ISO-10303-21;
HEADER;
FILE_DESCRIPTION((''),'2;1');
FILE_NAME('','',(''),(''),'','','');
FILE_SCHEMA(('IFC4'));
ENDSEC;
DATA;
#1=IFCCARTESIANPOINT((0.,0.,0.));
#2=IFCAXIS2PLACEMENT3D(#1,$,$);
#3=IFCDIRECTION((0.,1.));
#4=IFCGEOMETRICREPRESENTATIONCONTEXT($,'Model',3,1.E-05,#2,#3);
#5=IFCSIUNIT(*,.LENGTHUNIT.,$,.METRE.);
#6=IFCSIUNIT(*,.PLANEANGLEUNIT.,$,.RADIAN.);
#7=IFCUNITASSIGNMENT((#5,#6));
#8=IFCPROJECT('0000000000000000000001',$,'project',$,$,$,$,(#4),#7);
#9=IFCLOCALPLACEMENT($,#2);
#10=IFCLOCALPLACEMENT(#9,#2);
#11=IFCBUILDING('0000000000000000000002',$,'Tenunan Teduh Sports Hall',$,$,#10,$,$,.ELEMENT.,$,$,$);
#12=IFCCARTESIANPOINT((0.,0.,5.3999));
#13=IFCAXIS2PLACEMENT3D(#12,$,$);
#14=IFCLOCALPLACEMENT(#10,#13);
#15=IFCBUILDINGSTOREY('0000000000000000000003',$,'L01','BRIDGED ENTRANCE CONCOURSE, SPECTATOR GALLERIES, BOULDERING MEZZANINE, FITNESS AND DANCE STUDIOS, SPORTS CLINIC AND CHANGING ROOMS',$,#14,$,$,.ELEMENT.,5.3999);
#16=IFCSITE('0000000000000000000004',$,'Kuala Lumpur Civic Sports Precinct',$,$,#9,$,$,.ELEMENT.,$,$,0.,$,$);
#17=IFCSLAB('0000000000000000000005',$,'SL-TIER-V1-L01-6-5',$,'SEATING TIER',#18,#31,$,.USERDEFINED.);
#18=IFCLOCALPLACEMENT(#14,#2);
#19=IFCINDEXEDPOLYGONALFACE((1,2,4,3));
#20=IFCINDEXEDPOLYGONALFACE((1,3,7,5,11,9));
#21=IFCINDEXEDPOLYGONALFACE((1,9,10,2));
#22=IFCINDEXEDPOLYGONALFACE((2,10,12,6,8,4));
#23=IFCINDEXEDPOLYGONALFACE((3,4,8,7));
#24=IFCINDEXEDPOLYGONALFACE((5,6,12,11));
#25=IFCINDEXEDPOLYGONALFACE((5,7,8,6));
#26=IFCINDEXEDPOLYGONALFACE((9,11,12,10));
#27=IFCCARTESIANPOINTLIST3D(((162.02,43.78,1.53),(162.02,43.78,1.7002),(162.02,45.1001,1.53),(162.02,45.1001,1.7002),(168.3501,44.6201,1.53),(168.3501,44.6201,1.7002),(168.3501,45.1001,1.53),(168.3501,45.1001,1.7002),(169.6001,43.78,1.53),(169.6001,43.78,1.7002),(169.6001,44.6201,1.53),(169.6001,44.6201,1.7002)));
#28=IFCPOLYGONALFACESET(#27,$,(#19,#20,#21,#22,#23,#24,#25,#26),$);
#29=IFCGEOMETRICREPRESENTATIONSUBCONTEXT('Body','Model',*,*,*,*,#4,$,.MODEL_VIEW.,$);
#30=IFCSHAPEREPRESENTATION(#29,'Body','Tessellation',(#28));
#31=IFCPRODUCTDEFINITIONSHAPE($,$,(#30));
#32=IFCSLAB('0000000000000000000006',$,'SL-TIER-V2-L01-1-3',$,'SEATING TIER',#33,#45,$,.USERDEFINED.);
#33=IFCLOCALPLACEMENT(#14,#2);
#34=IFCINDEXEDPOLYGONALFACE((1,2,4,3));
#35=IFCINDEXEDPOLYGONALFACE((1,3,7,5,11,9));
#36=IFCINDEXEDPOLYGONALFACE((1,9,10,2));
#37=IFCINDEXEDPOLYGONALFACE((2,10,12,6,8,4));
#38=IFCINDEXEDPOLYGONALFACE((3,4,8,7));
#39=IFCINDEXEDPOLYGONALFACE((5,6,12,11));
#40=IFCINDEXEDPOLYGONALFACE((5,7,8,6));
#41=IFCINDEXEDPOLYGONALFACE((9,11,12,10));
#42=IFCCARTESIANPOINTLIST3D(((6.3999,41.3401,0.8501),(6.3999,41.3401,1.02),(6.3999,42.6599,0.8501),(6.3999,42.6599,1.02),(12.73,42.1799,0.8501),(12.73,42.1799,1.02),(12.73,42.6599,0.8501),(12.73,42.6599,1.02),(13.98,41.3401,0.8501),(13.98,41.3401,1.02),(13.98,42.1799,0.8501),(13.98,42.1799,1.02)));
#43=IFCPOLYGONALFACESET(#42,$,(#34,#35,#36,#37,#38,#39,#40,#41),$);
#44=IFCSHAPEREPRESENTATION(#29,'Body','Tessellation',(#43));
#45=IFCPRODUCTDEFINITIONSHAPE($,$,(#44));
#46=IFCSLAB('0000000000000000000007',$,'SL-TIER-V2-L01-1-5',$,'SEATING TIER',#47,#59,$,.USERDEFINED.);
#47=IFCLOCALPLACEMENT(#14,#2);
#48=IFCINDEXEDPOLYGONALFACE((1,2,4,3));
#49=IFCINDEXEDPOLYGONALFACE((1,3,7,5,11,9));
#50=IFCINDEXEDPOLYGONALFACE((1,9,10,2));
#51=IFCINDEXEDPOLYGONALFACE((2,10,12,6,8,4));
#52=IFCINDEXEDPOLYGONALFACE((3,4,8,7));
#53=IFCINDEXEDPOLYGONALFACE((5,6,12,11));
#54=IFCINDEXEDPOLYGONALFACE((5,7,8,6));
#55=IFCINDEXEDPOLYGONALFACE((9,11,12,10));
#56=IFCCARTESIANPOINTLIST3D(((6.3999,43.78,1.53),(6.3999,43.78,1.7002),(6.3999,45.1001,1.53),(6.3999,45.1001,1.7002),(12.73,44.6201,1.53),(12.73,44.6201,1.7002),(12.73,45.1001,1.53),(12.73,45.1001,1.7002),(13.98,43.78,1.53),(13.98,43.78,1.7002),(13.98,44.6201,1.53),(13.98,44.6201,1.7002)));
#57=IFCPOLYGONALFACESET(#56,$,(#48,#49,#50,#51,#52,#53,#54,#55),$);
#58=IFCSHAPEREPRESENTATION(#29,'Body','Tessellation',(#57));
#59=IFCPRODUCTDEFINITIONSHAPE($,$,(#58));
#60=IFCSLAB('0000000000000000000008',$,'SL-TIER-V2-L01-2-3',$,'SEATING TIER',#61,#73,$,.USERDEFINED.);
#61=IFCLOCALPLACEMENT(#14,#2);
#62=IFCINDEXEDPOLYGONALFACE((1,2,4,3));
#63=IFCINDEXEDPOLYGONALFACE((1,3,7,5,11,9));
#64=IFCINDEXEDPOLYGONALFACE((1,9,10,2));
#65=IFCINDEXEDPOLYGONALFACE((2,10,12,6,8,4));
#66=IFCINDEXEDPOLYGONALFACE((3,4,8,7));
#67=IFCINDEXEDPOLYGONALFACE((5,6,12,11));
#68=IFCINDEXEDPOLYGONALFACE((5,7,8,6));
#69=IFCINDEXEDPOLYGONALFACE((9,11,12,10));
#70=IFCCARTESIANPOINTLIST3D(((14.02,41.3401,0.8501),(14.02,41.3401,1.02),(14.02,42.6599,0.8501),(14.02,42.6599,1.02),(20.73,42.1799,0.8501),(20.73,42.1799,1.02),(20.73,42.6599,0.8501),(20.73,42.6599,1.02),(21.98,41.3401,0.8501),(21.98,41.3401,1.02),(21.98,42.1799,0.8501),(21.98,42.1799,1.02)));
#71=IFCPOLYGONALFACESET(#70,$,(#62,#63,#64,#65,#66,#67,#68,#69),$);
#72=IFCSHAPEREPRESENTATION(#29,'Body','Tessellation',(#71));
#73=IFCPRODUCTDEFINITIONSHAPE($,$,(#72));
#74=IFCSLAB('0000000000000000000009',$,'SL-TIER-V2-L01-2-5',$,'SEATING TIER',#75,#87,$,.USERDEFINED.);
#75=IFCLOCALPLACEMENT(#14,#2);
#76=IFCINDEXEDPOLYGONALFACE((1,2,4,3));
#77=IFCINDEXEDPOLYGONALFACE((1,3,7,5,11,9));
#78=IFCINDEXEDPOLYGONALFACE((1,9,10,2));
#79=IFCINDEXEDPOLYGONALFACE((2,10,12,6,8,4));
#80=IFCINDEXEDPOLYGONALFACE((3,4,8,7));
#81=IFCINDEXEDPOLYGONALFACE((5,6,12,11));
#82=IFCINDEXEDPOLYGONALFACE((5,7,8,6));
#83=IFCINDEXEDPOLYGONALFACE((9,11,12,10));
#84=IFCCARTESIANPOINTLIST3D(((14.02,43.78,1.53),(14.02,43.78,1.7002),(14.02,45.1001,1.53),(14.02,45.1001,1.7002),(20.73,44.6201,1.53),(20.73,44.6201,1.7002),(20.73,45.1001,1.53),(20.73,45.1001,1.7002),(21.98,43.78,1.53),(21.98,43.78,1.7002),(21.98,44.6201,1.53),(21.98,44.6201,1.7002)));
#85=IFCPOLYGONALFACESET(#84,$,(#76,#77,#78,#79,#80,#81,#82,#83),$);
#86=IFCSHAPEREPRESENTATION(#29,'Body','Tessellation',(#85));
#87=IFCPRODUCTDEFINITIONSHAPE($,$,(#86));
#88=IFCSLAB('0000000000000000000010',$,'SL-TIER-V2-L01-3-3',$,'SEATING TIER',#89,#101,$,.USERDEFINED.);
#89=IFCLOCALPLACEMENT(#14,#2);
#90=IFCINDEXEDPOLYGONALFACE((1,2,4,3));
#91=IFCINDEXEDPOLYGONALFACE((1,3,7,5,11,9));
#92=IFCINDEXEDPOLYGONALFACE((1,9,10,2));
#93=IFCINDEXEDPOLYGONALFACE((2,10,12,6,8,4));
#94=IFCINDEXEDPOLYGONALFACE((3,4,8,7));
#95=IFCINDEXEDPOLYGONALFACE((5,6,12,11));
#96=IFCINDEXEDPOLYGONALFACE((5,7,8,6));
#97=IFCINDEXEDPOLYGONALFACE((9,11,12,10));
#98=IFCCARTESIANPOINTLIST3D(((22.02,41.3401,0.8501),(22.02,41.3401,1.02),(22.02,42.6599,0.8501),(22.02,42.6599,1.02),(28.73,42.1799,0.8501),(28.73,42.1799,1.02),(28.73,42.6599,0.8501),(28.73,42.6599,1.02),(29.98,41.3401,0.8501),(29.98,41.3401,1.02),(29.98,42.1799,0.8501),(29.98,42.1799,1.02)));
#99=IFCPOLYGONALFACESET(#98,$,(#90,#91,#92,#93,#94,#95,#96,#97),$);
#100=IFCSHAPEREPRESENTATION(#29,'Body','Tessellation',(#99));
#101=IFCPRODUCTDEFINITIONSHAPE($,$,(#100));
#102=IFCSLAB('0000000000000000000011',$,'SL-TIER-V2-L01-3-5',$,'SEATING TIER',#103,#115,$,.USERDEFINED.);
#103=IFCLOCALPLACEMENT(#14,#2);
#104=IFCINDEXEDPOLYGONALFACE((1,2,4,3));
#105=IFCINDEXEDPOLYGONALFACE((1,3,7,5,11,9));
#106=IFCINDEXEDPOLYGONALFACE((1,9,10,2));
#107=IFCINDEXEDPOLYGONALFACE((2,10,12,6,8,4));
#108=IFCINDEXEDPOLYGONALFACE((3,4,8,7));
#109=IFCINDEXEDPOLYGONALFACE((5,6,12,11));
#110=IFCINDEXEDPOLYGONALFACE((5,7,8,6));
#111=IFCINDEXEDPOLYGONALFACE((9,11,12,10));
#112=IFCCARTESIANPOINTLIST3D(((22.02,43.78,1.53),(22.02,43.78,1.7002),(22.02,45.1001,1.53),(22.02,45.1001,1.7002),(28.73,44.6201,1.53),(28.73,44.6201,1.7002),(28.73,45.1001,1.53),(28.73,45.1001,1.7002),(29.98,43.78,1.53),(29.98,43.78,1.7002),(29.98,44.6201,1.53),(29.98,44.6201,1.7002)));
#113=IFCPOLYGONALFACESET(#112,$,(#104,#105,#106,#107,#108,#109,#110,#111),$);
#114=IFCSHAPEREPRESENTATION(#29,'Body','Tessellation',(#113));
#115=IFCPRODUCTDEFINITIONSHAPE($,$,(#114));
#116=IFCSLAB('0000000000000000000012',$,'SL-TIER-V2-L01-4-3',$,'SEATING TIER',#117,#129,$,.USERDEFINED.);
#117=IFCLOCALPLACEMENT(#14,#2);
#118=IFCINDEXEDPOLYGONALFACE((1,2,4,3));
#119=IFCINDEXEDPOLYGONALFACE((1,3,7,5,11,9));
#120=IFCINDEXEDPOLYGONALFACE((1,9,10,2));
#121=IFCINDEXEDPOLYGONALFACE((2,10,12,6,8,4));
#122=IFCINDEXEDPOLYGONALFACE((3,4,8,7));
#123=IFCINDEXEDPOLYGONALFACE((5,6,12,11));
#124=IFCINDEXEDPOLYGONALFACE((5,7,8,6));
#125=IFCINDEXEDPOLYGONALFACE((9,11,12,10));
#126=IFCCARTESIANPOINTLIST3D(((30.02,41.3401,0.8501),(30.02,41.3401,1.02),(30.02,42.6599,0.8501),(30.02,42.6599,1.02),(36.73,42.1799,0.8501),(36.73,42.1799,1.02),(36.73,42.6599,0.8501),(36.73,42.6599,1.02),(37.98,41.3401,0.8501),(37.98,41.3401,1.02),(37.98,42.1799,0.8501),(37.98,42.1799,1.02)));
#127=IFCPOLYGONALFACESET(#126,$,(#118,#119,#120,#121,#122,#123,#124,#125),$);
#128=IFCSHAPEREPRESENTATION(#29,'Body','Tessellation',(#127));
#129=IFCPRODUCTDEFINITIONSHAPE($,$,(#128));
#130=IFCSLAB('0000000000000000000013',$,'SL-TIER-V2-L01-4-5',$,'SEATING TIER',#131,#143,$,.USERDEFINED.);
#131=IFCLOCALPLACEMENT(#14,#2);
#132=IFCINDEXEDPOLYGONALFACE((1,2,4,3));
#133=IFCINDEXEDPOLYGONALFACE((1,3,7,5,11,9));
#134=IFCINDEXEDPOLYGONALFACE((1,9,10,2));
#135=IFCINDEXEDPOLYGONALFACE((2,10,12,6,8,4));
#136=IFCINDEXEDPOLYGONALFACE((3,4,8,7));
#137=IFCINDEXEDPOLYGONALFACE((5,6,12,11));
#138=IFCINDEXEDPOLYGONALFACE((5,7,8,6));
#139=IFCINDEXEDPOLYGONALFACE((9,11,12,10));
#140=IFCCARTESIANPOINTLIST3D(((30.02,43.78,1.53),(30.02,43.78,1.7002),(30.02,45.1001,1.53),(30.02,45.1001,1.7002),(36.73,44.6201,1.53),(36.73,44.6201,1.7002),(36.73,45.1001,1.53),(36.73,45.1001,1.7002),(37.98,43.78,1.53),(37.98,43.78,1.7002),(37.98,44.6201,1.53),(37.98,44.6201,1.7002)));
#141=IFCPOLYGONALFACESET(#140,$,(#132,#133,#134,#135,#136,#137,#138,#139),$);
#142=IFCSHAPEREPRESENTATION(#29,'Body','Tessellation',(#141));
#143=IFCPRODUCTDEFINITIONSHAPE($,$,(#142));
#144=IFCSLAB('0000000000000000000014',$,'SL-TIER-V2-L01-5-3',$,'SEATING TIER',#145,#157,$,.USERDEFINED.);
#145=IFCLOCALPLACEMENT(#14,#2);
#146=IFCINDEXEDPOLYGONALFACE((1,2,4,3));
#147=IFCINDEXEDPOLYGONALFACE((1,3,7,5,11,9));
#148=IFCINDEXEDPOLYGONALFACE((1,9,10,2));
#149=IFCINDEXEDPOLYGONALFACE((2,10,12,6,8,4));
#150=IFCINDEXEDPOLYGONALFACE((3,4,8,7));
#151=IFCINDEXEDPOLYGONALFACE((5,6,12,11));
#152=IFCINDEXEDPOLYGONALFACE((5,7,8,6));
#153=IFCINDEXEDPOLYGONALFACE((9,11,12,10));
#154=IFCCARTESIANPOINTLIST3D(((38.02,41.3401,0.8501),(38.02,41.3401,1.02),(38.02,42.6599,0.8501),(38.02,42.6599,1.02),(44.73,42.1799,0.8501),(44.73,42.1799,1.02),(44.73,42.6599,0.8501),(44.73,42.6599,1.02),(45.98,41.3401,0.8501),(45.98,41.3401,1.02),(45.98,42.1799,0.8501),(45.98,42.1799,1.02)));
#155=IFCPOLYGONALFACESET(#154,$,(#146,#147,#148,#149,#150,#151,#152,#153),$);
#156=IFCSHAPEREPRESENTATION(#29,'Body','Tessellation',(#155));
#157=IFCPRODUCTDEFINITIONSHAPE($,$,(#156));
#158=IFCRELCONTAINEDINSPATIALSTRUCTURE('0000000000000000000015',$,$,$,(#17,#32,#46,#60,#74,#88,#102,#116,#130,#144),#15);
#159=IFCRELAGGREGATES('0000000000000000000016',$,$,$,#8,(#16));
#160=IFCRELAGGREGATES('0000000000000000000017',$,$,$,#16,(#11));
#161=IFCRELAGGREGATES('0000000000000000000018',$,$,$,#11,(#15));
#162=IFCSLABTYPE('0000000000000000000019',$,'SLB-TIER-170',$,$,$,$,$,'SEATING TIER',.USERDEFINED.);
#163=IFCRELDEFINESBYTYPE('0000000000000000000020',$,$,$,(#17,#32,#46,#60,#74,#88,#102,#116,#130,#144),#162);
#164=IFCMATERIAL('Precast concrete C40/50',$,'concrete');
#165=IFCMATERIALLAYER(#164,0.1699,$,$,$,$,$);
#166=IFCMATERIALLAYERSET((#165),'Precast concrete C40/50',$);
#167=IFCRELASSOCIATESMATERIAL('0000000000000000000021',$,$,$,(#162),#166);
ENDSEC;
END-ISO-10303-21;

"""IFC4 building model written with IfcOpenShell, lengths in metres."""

from ifc_helpers import new_model, si_unit, direction, frame, origin, place, context, subcontext, project, spatial, polyline, outline, extrude, material, layer, layer_set, type_object, element, save


model = new_model("IFC4")

# Units and contexts
model_context = context("Model", 3, precision=1e-05, world=origin(), true_north=direction((0.0, 1.0)))
body_context = subcontext(model_context, "Body", "Model", "MODEL_VIEW")
ifc_project = project(units=[si_unit("LENGTHUNIT", "METRE"), si_unit("PLANEANGLEUNIT", "RADIAN")], contexts=[model_context])

# Site, building, storey
site_placement = place(None, origin())
site = spatial("IfcSite", under=ifc_project, at=site_placement, Name="Kuala Lumpur Civic Sports Precinct", CompositionType="ELEMENT", RefElevation=0.0)
building_placement = place(site_placement, origin())
building = spatial("IfcBuilding", under=site, at=building_placement, Name="Tenunan Teduh Sports Hall", CompositionType="ELEMENT")
storey_placement = place(building_placement, frame((0.0, 0.0, 5.3999)))
storey = spatial("IfcBuildingStorey", under=building, at=storey_placement, Name="L01", Description="BRIDGED ENTRANCE CONCOURSE, SPECTATOR GALLERIES, BOULDERING MEZZANINE, FITNESS AND DANCE STUDIOS, SPORTS CLINIC AND CHANGING ROOMS", CompositionType="ELEMENT", Elevation=5.3999)

# Slabs
ifc_material_1 = material(Name="Precast concrete C40/50", Category="concrete")
ifc_layer_1 = layer(ifc_material_1, 0.1699)
ifc_layer_set_1 = layer_set([ifc_layer_1], Name="Precast concrete C40/50")
slab_type_1 = type_object("IfcSlabType", Name="SLB-TIER-170", ElementType="SEATING TIER", PredefinedType="USERDEFINED", material=ifc_layer_set_1)
slab_1_placement = place(storey_placement, frame((0.0, 0.0, 1.53)))
element("IfcSlab", 1, at=slab_1_placement, inside=storey, type_object=slab_type_1, Name="SL-TIER-V1-L01-6-5", ObjectType="SEATING TIER", PredefinedType="USERDEFINED", context=body_context, shape_type="SweptSolid", body=[
    extrude(outline(polyline([(162.02, 43.78), (169.6001, 43.78), (169.6001, 44.6201), (168.3501, 44.6201), (168.3501, 45.1001), (162.02, 45.1001), (162.02, 43.78)])), origin(), (0.0, 0.0, 1.0), 0.1702),
])
slab_2_placement = place(storey_placement, frame((0.0, 0.0, 0.8501)))
element("IfcSlab", 2, at=slab_2_placement, inside=storey, type_object=slab_type_1, Name="SL-TIER-V2-L01-1-3", ObjectType="SEATING TIER", PredefinedType="USERDEFINED", context=body_context, shape_type="SweptSolid", body=[
    extrude(outline(polyline([(6.3999, 41.3401), (13.98, 41.3401), (13.98, 42.1799), (12.73, 42.1799), (12.73, 42.6599), (6.3999, 42.6599), (6.3999, 41.3401)])), origin(), (0.0, 0.0, 1.0), 0.1699),
])
slab_3_placement = place(storey_placement, frame((0.0, 0.0, 1.53)))
element("IfcSlab", 3, at=slab_3_placement, inside=storey, type_object=slab_type_1, Name="SL-TIER-V2-L01-1-5", ObjectType="SEATING TIER", PredefinedType="USERDEFINED", context=body_context, shape_type="SweptSolid", body=[
    extrude(outline(polyline([(6.3999, 43.78), (13.98, 43.78), (13.98, 44.6201), (12.73, 44.6201), (12.73, 45.1001), (6.3999, 45.1001), (6.3999, 43.78)])), origin(), (0.0, 0.0, 1.0), 0.1702),
])
slab_4_placement = place(storey_placement, frame((0.0, 0.0, 0.8501)))
element("IfcSlab", 4, at=slab_4_placement, inside=storey, type_object=slab_type_1, Name="SL-TIER-V2-L01-2-3", ObjectType="SEATING TIER", PredefinedType="USERDEFINED", context=body_context, shape_type="SweptSolid", body=[
    extrude(outline(polyline([(14.02, 41.3401), (21.98, 41.3401), (21.98, 42.1799), (20.73, 42.1799), (20.73, 42.6599), (14.02, 42.6599), (14.02, 41.3401)])), origin(), (0.0, 0.0, 1.0), 0.1699),
])
slab_5_placement = place(storey_placement, frame((0.0, 0.0, 1.53)))
element("IfcSlab", 5, at=slab_5_placement, inside=storey, type_object=slab_type_1, Name="SL-TIER-V2-L01-2-5", ObjectType="SEATING TIER", PredefinedType="USERDEFINED", context=body_context, shape_type="SweptSolid", body=[
    extrude(outline(polyline([(14.02, 43.78), (21.98, 43.78), (21.98, 44.6201), (20.73, 44.6201), (20.73, 45.1001), (14.02, 45.1001), (14.02, 43.78)])), origin(), (0.0, 0.0, 1.0), 0.1702),
])
slab_6_placement = place(storey_placement, frame((0.0, 0.0, 0.8501)))
element("IfcSlab", 6, at=slab_6_placement, inside=storey, type_object=slab_type_1, Name="SL-TIER-V2-L01-3-3", ObjectType="SEATING TIER", PredefinedType="USERDEFINED", context=body_context, shape_type="SweptSolid", body=[
    extrude(outline(polyline([(22.02, 41.3401), (29.98, 41.3401), (29.98, 42.1799), (28.73, 42.1799), (28.73, 42.6599), (22.02, 42.6599), (22.02, 41.3401)])), origin(), (0.0, 0.0, 1.0), 0.1699),
])
slab_7_placement = place(storey_placement, frame((0.0, 0.0, 1.53)))
element("IfcSlab", 7, at=slab_7_placement, inside=storey, type_object=slab_type_1, Name="SL-TIER-V2-L01-3-5", ObjectType="SEATING TIER", PredefinedType="USERDEFINED", context=body_context, shape_type="SweptSolid", body=[
    extrude(outline(polyline([(22.02, 43.78), (29.98, 43.78), (29.98, 44.6201), (28.73, 44.6201), (28.73, 45.1001), (22.02, 45.1001), (22.02, 43.78)])), origin(), (0.0, 0.0, 1.0), 0.1702),
])
slab_8_placement = place(storey_placement, frame((0.0, 0.0, 0.8501)))
element("IfcSlab", 8, at=slab_8_placement, inside=storey, type_object=slab_type_1, Name="SL-TIER-V2-L01-4-3", ObjectType="SEATING TIER", PredefinedType="USERDEFINED", context=body_context, shape_type="SweptSolid", body=[
    extrude(outline(polyline([(30.02, 41.3401), (37.98, 41.3401), (37.98, 42.1799), (36.73, 42.1799), (36.73, 42.6599), (30.02, 42.6599), (30.02, 41.3401)])), origin(), (0.0, 0.0, 1.0), 0.1699),
])
slab_9_placement = place(storey_placement, frame((0.0, 0.0, 1.53)))
element("IfcSlab", 9, at=slab_9_placement, inside=storey, type_object=slab_type_1, Name="SL-TIER-V2-L01-4-5", ObjectType="SEATING TIER", PredefinedType="USERDEFINED", context=body_context, shape_type="SweptSolid", body=[
    extrude(outline(polyline([(30.02, 43.78), (37.98, 43.78), (37.98, 44.6201), (36.73, 44.6201), (36.73, 45.1001), (30.02, 45.1001), (30.02, 43.78)])), origin(), (0.0, 0.0, 1.0), 0.1702),
])
slab_10_placement = place(storey_placement, frame((0.0, 0.0, 0.8501)))
element("IfcSlab", 10, at=slab_10_placement, inside=storey, type_object=slab_type_1, Name="SL-TIER-V2-L01-5-3", ObjectType="SEATING TIER", PredefinedType="USERDEFINED", context=body_context, shape_type="SweptSolid", body=[
    extrude(outline(polyline([(38.02, 41.3401), (45.98, 41.3401), (45.98, 42.1799), (44.73, 42.1799), (44.73, 42.6599), (38.02, 42.6599), (38.02, 41.3401)])), origin(), (0.0, 0.0, 1.0), 0.1699),
])

save(model, "model.ifc")
